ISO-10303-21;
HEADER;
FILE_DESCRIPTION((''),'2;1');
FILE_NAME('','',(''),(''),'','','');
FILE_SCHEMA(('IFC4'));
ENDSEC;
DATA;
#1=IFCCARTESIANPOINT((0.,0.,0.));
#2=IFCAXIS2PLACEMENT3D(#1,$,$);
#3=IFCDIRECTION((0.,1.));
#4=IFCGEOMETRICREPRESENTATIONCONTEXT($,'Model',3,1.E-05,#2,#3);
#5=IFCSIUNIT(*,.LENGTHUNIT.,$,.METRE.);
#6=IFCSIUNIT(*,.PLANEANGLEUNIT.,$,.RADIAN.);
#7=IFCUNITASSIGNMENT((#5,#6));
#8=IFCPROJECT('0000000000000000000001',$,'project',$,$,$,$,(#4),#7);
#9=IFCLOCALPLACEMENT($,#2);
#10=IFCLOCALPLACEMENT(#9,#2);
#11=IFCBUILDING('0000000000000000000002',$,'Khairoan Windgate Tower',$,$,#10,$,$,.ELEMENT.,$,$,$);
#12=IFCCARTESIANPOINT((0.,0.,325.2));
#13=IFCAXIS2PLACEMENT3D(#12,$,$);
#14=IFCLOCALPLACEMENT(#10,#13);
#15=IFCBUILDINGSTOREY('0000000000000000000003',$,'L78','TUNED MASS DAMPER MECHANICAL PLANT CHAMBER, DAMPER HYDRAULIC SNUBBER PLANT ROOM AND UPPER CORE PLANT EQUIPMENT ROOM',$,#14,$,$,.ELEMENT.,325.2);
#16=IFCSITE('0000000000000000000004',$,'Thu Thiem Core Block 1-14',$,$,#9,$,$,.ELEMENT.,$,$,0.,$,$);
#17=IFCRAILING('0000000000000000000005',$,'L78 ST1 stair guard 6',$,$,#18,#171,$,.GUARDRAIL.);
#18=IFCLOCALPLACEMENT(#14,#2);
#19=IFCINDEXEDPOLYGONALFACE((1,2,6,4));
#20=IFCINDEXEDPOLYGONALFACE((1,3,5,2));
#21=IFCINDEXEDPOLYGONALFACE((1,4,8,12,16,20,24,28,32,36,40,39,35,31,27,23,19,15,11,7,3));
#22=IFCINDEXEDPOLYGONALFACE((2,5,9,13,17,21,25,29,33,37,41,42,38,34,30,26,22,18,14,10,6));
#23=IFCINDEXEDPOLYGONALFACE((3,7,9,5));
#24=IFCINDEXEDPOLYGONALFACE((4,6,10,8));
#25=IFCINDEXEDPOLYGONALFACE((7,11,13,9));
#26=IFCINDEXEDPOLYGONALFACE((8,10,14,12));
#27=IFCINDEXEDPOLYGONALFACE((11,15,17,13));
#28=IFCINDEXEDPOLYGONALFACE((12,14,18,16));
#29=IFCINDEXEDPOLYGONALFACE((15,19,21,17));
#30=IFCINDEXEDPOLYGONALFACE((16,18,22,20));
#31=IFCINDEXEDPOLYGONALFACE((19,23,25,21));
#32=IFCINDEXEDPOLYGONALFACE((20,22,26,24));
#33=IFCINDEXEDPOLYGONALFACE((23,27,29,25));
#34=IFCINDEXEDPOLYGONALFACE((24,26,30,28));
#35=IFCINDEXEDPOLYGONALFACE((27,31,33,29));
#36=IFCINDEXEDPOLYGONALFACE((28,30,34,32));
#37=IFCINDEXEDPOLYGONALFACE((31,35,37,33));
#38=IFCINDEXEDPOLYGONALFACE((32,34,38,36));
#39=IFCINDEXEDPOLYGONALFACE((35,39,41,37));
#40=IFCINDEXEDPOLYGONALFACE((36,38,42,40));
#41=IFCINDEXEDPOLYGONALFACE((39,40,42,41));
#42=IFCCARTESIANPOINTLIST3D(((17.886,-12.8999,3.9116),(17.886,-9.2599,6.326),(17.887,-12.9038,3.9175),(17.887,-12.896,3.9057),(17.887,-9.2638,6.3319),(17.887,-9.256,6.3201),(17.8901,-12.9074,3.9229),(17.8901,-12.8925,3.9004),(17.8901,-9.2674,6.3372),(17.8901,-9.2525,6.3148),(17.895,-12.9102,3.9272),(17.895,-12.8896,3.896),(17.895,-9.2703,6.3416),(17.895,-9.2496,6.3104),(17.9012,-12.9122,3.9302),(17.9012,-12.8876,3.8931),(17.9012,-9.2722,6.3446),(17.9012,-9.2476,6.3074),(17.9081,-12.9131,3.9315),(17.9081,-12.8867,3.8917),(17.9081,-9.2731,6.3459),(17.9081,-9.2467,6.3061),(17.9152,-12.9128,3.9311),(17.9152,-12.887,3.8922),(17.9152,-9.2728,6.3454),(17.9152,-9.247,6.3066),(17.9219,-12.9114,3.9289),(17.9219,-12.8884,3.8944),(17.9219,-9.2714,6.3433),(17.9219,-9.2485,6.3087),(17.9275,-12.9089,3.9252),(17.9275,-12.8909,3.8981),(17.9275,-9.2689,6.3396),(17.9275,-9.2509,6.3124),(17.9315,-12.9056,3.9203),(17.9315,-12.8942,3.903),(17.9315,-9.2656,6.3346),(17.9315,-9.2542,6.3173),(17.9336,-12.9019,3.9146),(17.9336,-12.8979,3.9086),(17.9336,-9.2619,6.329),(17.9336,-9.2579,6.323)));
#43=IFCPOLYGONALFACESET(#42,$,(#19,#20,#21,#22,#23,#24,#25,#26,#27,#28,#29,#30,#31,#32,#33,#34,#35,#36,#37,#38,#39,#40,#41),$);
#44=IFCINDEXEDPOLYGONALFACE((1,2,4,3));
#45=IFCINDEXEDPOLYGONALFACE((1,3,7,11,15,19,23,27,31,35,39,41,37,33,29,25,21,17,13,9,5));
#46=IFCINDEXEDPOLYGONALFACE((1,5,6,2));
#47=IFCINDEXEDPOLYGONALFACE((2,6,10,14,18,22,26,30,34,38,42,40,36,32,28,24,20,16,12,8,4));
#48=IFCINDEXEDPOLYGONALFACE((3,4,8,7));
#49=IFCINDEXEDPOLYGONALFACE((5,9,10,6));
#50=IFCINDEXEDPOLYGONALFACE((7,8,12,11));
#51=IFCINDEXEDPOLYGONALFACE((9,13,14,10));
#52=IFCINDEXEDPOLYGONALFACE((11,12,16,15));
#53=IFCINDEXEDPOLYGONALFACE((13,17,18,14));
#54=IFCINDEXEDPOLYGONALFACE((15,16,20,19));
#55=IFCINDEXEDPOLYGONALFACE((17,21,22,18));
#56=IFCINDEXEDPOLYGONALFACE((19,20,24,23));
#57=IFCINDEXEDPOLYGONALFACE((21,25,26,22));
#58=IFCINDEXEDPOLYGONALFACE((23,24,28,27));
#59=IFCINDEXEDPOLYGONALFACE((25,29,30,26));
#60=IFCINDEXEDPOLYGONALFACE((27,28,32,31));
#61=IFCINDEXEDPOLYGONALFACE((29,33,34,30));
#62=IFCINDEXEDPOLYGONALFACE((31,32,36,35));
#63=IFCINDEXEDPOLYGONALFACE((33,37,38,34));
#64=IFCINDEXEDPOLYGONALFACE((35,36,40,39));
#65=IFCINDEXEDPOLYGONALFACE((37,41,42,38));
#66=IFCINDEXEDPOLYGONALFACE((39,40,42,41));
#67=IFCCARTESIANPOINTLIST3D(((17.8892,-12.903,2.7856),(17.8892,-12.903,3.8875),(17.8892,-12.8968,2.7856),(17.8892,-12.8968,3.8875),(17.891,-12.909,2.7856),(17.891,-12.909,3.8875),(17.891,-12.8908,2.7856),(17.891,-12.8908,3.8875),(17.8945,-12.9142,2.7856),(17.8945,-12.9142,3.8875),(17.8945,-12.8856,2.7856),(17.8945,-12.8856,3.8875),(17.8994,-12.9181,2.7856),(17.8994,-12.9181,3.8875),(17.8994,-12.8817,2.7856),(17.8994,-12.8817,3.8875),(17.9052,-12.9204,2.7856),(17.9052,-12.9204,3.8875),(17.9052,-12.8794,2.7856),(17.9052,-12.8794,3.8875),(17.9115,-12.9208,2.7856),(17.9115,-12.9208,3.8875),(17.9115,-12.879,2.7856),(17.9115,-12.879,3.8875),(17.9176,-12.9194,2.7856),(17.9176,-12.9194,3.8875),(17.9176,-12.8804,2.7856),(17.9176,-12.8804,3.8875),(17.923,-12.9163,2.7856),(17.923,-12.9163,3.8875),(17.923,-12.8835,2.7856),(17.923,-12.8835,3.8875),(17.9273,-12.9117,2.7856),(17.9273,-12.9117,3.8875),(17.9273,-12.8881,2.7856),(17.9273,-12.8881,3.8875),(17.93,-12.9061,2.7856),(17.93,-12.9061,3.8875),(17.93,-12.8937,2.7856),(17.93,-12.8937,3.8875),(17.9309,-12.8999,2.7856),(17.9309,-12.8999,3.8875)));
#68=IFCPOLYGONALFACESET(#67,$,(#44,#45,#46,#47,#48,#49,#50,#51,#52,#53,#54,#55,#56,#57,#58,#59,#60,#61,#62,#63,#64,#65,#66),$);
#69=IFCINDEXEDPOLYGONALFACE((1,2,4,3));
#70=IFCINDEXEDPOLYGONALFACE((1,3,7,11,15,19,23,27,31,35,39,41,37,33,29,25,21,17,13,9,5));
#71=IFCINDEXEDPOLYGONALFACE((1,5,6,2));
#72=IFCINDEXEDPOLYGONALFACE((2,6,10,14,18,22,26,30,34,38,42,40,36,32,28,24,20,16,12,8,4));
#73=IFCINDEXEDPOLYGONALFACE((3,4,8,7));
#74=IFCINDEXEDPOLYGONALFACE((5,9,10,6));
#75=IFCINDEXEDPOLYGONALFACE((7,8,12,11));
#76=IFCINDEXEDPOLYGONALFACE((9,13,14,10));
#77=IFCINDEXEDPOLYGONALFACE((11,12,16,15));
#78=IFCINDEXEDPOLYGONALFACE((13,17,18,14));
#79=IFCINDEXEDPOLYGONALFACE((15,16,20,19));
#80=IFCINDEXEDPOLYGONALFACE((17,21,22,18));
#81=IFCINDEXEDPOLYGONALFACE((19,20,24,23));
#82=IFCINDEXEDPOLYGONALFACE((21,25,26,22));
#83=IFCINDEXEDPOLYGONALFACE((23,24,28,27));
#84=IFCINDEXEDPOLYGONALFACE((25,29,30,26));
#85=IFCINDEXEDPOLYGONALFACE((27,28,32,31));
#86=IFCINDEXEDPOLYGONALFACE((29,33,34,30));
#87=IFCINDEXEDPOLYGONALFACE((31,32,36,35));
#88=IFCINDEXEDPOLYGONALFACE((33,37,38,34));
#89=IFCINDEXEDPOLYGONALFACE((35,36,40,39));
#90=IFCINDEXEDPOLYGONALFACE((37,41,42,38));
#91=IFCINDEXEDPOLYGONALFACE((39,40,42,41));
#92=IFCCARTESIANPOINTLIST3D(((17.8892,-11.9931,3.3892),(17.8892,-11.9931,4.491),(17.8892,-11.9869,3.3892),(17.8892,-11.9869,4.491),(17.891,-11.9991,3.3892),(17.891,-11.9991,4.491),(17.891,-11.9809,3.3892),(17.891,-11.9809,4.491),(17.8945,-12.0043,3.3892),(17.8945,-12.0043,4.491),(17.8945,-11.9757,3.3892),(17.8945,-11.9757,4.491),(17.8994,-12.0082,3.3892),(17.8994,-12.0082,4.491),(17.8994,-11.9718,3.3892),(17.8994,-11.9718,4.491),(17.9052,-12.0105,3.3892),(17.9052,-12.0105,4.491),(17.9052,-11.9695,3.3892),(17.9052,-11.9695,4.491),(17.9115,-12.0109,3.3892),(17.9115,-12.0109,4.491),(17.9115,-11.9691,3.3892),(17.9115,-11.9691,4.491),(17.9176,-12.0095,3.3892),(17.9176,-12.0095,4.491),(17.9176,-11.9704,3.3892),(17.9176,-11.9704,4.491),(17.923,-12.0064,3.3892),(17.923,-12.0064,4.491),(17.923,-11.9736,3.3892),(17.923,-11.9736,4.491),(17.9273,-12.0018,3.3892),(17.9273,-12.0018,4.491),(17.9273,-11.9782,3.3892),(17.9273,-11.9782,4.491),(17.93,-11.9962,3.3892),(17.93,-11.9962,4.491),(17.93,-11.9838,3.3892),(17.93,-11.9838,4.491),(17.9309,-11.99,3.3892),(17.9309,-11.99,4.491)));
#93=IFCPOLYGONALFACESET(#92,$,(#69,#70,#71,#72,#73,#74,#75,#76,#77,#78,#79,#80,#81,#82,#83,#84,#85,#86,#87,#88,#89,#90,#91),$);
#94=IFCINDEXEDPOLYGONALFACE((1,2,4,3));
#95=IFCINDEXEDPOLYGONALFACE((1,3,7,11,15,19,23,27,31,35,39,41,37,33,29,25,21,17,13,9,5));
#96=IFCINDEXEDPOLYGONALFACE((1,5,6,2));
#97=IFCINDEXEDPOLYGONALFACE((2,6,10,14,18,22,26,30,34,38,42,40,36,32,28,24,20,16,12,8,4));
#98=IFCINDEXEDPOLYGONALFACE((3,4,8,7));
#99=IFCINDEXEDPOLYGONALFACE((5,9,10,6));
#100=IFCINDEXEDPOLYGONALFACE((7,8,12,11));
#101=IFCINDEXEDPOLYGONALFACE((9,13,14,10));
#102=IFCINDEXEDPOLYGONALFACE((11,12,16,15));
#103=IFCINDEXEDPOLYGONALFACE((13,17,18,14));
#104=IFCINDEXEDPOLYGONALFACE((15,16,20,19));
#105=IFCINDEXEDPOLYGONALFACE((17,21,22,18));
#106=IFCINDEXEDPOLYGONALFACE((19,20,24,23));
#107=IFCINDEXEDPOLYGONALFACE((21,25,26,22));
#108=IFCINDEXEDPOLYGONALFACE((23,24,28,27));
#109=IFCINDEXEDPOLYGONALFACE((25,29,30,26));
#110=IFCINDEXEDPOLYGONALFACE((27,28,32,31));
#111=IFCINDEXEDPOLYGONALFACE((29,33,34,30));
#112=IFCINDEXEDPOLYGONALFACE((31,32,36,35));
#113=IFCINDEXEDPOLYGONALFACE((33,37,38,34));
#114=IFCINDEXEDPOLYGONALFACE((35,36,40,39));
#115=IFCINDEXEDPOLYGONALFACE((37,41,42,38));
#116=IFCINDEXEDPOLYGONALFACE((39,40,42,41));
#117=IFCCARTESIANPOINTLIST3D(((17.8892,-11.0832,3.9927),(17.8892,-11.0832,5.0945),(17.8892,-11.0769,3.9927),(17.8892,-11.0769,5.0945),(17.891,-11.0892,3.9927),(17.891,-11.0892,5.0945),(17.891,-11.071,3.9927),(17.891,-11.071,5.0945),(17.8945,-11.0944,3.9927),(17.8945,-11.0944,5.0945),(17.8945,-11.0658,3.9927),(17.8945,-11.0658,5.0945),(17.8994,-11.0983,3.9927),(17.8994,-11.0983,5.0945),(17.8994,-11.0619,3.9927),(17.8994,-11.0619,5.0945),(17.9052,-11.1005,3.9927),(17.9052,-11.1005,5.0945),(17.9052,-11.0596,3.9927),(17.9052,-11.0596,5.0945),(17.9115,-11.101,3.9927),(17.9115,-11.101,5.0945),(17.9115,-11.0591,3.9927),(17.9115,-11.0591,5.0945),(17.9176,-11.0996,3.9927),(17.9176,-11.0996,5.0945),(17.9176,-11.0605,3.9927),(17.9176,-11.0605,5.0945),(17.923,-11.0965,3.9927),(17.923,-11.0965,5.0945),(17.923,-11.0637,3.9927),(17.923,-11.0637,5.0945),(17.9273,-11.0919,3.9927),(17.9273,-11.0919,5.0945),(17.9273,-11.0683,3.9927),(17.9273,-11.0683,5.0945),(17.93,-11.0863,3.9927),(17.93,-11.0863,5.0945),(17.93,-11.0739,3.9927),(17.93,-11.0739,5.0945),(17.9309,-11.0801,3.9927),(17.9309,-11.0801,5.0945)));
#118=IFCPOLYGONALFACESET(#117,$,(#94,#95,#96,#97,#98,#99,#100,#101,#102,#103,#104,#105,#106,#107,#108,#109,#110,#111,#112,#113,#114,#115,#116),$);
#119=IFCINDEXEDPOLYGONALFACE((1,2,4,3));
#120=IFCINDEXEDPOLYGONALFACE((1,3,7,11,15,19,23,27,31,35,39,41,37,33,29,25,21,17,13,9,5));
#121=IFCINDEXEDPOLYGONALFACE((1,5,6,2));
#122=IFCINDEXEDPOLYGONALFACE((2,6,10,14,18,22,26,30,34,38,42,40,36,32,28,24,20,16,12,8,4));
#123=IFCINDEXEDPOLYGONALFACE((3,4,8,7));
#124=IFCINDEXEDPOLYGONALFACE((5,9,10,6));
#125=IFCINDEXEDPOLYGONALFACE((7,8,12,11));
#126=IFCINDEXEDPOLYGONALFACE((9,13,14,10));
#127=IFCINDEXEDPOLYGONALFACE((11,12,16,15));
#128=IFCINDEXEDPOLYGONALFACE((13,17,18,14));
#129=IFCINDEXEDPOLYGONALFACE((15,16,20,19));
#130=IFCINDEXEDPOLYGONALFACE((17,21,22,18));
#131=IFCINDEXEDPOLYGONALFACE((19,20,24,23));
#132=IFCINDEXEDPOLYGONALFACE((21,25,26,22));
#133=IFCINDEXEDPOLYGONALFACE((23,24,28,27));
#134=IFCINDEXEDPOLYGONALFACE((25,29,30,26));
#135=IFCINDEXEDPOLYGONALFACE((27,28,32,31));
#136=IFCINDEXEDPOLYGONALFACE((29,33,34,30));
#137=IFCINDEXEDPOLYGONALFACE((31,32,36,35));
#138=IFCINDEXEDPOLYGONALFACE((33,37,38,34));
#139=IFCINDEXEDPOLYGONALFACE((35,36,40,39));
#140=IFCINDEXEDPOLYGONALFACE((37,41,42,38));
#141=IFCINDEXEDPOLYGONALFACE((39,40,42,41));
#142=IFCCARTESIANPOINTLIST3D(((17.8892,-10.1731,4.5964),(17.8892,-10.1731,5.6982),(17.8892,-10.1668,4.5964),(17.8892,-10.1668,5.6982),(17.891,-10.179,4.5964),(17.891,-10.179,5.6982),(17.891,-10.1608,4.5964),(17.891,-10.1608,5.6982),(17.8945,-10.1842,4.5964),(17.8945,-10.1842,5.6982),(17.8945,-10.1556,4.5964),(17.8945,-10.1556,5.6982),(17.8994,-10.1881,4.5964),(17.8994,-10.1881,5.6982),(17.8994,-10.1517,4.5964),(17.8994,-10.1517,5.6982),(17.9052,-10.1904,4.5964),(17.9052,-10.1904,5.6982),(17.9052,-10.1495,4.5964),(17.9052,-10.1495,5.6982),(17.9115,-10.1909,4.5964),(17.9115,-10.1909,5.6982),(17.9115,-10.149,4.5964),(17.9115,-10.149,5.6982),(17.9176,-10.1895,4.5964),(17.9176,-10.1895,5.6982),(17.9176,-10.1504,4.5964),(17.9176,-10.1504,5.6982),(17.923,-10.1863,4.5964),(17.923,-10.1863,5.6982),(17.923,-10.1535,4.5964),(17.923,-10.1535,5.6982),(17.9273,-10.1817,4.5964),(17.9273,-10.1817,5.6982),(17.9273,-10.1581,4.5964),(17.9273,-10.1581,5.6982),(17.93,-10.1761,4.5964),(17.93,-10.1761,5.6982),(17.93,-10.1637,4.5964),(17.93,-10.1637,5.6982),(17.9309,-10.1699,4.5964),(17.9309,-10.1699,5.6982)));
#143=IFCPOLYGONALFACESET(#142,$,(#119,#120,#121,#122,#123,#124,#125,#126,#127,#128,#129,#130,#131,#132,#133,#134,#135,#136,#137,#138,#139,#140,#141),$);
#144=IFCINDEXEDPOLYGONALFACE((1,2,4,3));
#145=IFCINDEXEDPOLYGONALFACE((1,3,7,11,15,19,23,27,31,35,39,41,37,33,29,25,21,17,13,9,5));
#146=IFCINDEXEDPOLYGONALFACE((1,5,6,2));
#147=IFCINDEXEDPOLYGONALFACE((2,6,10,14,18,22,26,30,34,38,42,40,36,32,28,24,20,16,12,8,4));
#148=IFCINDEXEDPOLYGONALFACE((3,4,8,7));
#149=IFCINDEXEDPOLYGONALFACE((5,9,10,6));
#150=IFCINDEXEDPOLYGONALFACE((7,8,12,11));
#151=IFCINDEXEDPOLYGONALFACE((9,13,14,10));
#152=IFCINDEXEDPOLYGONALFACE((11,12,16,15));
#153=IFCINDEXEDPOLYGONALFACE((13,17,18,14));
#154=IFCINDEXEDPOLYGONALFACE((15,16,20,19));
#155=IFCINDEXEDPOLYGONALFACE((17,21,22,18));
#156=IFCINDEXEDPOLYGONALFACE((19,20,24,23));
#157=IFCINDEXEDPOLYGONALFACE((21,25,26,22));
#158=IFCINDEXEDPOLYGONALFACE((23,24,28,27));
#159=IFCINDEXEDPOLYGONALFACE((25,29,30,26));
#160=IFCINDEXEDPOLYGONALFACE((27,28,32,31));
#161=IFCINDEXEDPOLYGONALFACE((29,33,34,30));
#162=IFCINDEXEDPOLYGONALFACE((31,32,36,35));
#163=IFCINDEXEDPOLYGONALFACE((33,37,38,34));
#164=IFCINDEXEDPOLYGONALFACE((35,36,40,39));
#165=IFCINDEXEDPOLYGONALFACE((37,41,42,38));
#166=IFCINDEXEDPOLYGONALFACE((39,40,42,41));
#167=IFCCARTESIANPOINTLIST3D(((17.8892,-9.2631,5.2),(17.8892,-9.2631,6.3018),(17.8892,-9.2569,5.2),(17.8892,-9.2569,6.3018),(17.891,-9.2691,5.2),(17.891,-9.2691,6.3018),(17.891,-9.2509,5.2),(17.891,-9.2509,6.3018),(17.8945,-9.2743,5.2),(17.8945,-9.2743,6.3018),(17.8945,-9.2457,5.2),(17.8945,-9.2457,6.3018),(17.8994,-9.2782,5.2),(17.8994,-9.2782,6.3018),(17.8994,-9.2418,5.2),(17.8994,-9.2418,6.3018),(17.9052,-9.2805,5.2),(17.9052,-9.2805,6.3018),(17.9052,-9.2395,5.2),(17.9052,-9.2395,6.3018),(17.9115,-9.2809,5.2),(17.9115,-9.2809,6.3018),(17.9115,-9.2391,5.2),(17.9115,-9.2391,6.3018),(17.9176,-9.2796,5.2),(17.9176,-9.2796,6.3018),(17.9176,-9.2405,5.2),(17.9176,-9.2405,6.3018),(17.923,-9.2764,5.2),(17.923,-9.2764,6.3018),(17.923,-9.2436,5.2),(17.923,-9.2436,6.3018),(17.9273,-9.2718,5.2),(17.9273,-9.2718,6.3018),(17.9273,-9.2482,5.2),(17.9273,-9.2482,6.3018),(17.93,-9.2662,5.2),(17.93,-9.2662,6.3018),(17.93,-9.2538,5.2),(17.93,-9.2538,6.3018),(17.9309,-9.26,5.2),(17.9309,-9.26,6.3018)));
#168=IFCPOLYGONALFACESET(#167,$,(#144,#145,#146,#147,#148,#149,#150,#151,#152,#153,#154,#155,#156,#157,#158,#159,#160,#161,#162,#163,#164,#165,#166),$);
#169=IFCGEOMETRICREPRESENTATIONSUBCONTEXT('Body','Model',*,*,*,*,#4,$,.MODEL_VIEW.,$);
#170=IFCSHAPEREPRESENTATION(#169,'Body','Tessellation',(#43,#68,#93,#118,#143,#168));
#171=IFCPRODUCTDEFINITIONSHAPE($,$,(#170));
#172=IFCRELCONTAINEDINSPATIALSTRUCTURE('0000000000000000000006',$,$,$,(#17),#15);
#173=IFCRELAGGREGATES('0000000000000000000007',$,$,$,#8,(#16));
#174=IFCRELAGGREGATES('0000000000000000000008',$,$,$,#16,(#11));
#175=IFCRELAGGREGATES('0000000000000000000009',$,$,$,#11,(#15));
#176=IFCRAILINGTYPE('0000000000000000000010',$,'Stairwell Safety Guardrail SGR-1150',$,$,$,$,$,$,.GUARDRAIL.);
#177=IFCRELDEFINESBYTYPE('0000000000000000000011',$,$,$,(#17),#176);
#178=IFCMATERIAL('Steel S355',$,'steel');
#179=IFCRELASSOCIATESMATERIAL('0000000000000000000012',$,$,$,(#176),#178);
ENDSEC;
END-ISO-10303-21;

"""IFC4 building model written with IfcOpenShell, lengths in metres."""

from ifc_helpers import new_model, si_unit, direction, frame, origin, origin_2d, place, context, subcontext, project, spatial, circle, extrude, material, type_object, element, save


model = new_model("IFC4")

# Units and contexts
model_context = context("Model", 3, precision=1e-05, world=origin(), true_north=direction((0.0, 1.0)))
body_context = subcontext(model_context, "Body", "Model", "MODEL_VIEW")
ifc_project = project(units=[si_unit("LENGTHUNIT", "METRE"), si_unit("PLANEANGLEUNIT", "RADIAN")], contexts=[model_context])

# Site, building, storey
site_placement = place(None, origin())
site = spatial("IfcSite", under=ifc_project, at=site_placement, Name="Thu Thiem Core Block 1-14", CompositionType="ELEMENT", RefElevation=0.0)
building_placement = place(site_placement, origin())
building = spatial("IfcBuilding", under=site, at=building_placement, Name="Khairoan Windgate Tower", CompositionType="ELEMENT")
storey_placement = place(building_placement, frame((0.0, 0.0, 325.2)))
storey = spatial("IfcBuildingStorey", under=building, at=storey_placement, Name="L78", Description="TUNED MASS DAMPER MECHANICAL PLANT CHAMBER, DAMPER HYDRAULIC SNUBBER PLANT ROOM AND UPPER CORE PLANT EQUIPMENT ROOM", CompositionType="ELEMENT", Elevation=325.2)

# Railing
ifc_material_1 = material(Name="Steel S355", Category="steel")
railing_type_1 = type_object("IfcRailingType", Name="Stairwell Safety Guardrail SGR-1150", PredefinedType="GUARDRAIL", material=ifc_material_1)
railing_1_placement = place(storey_placement, frame((17.9099, -12.8999, 2.7856)))
element("IfcRailing", 1, at=railing_1_placement, inside=storey, type_object=railing_type_1, Name="L78 ST1 stair guard 6", PredefinedType="GUARDRAIL", context=body_context, shape_type="SweptSolid", body=[
    extrude(circle(Radius=0.0239, at=origin_2d()), frame((0.0, 0.0, 1.126), z_axis=(0.0, 0.833347, 0.552751), x_axis=(-1.0, 0.0, 0.0)), (0.0, 0.0, 1.0), 4.3679),
    extrude(circle(Radius=0.021, at=origin_2d()), origin(), (0.0, 0.0, 1.0), 1.1018),
    extrude(circle(Radius=0.021, at=origin_2d()), frame((0.0, 0.9099, 0.6035)), (0.0, 0.0, 1.0), 1.1018),
    extrude(circle(Radius=0.021, at=origin_2d()), frame((0.0, 1.8198, 1.207)), (0.0, 0.0, 1.0), 1.1018),
    extrude(circle(Radius=0.021, at=origin_2d()), frame((0.0, 2.73, 1.8108)), (0.0, 0.0, 1.0), 1.1018),
    extrude(circle(Radius=0.021, at=origin_2d()), frame((0.0, 3.6399, 2.4143)), (0.0, 0.0, 1.0), 1.1018),
])

save(model, "model.ifc")
